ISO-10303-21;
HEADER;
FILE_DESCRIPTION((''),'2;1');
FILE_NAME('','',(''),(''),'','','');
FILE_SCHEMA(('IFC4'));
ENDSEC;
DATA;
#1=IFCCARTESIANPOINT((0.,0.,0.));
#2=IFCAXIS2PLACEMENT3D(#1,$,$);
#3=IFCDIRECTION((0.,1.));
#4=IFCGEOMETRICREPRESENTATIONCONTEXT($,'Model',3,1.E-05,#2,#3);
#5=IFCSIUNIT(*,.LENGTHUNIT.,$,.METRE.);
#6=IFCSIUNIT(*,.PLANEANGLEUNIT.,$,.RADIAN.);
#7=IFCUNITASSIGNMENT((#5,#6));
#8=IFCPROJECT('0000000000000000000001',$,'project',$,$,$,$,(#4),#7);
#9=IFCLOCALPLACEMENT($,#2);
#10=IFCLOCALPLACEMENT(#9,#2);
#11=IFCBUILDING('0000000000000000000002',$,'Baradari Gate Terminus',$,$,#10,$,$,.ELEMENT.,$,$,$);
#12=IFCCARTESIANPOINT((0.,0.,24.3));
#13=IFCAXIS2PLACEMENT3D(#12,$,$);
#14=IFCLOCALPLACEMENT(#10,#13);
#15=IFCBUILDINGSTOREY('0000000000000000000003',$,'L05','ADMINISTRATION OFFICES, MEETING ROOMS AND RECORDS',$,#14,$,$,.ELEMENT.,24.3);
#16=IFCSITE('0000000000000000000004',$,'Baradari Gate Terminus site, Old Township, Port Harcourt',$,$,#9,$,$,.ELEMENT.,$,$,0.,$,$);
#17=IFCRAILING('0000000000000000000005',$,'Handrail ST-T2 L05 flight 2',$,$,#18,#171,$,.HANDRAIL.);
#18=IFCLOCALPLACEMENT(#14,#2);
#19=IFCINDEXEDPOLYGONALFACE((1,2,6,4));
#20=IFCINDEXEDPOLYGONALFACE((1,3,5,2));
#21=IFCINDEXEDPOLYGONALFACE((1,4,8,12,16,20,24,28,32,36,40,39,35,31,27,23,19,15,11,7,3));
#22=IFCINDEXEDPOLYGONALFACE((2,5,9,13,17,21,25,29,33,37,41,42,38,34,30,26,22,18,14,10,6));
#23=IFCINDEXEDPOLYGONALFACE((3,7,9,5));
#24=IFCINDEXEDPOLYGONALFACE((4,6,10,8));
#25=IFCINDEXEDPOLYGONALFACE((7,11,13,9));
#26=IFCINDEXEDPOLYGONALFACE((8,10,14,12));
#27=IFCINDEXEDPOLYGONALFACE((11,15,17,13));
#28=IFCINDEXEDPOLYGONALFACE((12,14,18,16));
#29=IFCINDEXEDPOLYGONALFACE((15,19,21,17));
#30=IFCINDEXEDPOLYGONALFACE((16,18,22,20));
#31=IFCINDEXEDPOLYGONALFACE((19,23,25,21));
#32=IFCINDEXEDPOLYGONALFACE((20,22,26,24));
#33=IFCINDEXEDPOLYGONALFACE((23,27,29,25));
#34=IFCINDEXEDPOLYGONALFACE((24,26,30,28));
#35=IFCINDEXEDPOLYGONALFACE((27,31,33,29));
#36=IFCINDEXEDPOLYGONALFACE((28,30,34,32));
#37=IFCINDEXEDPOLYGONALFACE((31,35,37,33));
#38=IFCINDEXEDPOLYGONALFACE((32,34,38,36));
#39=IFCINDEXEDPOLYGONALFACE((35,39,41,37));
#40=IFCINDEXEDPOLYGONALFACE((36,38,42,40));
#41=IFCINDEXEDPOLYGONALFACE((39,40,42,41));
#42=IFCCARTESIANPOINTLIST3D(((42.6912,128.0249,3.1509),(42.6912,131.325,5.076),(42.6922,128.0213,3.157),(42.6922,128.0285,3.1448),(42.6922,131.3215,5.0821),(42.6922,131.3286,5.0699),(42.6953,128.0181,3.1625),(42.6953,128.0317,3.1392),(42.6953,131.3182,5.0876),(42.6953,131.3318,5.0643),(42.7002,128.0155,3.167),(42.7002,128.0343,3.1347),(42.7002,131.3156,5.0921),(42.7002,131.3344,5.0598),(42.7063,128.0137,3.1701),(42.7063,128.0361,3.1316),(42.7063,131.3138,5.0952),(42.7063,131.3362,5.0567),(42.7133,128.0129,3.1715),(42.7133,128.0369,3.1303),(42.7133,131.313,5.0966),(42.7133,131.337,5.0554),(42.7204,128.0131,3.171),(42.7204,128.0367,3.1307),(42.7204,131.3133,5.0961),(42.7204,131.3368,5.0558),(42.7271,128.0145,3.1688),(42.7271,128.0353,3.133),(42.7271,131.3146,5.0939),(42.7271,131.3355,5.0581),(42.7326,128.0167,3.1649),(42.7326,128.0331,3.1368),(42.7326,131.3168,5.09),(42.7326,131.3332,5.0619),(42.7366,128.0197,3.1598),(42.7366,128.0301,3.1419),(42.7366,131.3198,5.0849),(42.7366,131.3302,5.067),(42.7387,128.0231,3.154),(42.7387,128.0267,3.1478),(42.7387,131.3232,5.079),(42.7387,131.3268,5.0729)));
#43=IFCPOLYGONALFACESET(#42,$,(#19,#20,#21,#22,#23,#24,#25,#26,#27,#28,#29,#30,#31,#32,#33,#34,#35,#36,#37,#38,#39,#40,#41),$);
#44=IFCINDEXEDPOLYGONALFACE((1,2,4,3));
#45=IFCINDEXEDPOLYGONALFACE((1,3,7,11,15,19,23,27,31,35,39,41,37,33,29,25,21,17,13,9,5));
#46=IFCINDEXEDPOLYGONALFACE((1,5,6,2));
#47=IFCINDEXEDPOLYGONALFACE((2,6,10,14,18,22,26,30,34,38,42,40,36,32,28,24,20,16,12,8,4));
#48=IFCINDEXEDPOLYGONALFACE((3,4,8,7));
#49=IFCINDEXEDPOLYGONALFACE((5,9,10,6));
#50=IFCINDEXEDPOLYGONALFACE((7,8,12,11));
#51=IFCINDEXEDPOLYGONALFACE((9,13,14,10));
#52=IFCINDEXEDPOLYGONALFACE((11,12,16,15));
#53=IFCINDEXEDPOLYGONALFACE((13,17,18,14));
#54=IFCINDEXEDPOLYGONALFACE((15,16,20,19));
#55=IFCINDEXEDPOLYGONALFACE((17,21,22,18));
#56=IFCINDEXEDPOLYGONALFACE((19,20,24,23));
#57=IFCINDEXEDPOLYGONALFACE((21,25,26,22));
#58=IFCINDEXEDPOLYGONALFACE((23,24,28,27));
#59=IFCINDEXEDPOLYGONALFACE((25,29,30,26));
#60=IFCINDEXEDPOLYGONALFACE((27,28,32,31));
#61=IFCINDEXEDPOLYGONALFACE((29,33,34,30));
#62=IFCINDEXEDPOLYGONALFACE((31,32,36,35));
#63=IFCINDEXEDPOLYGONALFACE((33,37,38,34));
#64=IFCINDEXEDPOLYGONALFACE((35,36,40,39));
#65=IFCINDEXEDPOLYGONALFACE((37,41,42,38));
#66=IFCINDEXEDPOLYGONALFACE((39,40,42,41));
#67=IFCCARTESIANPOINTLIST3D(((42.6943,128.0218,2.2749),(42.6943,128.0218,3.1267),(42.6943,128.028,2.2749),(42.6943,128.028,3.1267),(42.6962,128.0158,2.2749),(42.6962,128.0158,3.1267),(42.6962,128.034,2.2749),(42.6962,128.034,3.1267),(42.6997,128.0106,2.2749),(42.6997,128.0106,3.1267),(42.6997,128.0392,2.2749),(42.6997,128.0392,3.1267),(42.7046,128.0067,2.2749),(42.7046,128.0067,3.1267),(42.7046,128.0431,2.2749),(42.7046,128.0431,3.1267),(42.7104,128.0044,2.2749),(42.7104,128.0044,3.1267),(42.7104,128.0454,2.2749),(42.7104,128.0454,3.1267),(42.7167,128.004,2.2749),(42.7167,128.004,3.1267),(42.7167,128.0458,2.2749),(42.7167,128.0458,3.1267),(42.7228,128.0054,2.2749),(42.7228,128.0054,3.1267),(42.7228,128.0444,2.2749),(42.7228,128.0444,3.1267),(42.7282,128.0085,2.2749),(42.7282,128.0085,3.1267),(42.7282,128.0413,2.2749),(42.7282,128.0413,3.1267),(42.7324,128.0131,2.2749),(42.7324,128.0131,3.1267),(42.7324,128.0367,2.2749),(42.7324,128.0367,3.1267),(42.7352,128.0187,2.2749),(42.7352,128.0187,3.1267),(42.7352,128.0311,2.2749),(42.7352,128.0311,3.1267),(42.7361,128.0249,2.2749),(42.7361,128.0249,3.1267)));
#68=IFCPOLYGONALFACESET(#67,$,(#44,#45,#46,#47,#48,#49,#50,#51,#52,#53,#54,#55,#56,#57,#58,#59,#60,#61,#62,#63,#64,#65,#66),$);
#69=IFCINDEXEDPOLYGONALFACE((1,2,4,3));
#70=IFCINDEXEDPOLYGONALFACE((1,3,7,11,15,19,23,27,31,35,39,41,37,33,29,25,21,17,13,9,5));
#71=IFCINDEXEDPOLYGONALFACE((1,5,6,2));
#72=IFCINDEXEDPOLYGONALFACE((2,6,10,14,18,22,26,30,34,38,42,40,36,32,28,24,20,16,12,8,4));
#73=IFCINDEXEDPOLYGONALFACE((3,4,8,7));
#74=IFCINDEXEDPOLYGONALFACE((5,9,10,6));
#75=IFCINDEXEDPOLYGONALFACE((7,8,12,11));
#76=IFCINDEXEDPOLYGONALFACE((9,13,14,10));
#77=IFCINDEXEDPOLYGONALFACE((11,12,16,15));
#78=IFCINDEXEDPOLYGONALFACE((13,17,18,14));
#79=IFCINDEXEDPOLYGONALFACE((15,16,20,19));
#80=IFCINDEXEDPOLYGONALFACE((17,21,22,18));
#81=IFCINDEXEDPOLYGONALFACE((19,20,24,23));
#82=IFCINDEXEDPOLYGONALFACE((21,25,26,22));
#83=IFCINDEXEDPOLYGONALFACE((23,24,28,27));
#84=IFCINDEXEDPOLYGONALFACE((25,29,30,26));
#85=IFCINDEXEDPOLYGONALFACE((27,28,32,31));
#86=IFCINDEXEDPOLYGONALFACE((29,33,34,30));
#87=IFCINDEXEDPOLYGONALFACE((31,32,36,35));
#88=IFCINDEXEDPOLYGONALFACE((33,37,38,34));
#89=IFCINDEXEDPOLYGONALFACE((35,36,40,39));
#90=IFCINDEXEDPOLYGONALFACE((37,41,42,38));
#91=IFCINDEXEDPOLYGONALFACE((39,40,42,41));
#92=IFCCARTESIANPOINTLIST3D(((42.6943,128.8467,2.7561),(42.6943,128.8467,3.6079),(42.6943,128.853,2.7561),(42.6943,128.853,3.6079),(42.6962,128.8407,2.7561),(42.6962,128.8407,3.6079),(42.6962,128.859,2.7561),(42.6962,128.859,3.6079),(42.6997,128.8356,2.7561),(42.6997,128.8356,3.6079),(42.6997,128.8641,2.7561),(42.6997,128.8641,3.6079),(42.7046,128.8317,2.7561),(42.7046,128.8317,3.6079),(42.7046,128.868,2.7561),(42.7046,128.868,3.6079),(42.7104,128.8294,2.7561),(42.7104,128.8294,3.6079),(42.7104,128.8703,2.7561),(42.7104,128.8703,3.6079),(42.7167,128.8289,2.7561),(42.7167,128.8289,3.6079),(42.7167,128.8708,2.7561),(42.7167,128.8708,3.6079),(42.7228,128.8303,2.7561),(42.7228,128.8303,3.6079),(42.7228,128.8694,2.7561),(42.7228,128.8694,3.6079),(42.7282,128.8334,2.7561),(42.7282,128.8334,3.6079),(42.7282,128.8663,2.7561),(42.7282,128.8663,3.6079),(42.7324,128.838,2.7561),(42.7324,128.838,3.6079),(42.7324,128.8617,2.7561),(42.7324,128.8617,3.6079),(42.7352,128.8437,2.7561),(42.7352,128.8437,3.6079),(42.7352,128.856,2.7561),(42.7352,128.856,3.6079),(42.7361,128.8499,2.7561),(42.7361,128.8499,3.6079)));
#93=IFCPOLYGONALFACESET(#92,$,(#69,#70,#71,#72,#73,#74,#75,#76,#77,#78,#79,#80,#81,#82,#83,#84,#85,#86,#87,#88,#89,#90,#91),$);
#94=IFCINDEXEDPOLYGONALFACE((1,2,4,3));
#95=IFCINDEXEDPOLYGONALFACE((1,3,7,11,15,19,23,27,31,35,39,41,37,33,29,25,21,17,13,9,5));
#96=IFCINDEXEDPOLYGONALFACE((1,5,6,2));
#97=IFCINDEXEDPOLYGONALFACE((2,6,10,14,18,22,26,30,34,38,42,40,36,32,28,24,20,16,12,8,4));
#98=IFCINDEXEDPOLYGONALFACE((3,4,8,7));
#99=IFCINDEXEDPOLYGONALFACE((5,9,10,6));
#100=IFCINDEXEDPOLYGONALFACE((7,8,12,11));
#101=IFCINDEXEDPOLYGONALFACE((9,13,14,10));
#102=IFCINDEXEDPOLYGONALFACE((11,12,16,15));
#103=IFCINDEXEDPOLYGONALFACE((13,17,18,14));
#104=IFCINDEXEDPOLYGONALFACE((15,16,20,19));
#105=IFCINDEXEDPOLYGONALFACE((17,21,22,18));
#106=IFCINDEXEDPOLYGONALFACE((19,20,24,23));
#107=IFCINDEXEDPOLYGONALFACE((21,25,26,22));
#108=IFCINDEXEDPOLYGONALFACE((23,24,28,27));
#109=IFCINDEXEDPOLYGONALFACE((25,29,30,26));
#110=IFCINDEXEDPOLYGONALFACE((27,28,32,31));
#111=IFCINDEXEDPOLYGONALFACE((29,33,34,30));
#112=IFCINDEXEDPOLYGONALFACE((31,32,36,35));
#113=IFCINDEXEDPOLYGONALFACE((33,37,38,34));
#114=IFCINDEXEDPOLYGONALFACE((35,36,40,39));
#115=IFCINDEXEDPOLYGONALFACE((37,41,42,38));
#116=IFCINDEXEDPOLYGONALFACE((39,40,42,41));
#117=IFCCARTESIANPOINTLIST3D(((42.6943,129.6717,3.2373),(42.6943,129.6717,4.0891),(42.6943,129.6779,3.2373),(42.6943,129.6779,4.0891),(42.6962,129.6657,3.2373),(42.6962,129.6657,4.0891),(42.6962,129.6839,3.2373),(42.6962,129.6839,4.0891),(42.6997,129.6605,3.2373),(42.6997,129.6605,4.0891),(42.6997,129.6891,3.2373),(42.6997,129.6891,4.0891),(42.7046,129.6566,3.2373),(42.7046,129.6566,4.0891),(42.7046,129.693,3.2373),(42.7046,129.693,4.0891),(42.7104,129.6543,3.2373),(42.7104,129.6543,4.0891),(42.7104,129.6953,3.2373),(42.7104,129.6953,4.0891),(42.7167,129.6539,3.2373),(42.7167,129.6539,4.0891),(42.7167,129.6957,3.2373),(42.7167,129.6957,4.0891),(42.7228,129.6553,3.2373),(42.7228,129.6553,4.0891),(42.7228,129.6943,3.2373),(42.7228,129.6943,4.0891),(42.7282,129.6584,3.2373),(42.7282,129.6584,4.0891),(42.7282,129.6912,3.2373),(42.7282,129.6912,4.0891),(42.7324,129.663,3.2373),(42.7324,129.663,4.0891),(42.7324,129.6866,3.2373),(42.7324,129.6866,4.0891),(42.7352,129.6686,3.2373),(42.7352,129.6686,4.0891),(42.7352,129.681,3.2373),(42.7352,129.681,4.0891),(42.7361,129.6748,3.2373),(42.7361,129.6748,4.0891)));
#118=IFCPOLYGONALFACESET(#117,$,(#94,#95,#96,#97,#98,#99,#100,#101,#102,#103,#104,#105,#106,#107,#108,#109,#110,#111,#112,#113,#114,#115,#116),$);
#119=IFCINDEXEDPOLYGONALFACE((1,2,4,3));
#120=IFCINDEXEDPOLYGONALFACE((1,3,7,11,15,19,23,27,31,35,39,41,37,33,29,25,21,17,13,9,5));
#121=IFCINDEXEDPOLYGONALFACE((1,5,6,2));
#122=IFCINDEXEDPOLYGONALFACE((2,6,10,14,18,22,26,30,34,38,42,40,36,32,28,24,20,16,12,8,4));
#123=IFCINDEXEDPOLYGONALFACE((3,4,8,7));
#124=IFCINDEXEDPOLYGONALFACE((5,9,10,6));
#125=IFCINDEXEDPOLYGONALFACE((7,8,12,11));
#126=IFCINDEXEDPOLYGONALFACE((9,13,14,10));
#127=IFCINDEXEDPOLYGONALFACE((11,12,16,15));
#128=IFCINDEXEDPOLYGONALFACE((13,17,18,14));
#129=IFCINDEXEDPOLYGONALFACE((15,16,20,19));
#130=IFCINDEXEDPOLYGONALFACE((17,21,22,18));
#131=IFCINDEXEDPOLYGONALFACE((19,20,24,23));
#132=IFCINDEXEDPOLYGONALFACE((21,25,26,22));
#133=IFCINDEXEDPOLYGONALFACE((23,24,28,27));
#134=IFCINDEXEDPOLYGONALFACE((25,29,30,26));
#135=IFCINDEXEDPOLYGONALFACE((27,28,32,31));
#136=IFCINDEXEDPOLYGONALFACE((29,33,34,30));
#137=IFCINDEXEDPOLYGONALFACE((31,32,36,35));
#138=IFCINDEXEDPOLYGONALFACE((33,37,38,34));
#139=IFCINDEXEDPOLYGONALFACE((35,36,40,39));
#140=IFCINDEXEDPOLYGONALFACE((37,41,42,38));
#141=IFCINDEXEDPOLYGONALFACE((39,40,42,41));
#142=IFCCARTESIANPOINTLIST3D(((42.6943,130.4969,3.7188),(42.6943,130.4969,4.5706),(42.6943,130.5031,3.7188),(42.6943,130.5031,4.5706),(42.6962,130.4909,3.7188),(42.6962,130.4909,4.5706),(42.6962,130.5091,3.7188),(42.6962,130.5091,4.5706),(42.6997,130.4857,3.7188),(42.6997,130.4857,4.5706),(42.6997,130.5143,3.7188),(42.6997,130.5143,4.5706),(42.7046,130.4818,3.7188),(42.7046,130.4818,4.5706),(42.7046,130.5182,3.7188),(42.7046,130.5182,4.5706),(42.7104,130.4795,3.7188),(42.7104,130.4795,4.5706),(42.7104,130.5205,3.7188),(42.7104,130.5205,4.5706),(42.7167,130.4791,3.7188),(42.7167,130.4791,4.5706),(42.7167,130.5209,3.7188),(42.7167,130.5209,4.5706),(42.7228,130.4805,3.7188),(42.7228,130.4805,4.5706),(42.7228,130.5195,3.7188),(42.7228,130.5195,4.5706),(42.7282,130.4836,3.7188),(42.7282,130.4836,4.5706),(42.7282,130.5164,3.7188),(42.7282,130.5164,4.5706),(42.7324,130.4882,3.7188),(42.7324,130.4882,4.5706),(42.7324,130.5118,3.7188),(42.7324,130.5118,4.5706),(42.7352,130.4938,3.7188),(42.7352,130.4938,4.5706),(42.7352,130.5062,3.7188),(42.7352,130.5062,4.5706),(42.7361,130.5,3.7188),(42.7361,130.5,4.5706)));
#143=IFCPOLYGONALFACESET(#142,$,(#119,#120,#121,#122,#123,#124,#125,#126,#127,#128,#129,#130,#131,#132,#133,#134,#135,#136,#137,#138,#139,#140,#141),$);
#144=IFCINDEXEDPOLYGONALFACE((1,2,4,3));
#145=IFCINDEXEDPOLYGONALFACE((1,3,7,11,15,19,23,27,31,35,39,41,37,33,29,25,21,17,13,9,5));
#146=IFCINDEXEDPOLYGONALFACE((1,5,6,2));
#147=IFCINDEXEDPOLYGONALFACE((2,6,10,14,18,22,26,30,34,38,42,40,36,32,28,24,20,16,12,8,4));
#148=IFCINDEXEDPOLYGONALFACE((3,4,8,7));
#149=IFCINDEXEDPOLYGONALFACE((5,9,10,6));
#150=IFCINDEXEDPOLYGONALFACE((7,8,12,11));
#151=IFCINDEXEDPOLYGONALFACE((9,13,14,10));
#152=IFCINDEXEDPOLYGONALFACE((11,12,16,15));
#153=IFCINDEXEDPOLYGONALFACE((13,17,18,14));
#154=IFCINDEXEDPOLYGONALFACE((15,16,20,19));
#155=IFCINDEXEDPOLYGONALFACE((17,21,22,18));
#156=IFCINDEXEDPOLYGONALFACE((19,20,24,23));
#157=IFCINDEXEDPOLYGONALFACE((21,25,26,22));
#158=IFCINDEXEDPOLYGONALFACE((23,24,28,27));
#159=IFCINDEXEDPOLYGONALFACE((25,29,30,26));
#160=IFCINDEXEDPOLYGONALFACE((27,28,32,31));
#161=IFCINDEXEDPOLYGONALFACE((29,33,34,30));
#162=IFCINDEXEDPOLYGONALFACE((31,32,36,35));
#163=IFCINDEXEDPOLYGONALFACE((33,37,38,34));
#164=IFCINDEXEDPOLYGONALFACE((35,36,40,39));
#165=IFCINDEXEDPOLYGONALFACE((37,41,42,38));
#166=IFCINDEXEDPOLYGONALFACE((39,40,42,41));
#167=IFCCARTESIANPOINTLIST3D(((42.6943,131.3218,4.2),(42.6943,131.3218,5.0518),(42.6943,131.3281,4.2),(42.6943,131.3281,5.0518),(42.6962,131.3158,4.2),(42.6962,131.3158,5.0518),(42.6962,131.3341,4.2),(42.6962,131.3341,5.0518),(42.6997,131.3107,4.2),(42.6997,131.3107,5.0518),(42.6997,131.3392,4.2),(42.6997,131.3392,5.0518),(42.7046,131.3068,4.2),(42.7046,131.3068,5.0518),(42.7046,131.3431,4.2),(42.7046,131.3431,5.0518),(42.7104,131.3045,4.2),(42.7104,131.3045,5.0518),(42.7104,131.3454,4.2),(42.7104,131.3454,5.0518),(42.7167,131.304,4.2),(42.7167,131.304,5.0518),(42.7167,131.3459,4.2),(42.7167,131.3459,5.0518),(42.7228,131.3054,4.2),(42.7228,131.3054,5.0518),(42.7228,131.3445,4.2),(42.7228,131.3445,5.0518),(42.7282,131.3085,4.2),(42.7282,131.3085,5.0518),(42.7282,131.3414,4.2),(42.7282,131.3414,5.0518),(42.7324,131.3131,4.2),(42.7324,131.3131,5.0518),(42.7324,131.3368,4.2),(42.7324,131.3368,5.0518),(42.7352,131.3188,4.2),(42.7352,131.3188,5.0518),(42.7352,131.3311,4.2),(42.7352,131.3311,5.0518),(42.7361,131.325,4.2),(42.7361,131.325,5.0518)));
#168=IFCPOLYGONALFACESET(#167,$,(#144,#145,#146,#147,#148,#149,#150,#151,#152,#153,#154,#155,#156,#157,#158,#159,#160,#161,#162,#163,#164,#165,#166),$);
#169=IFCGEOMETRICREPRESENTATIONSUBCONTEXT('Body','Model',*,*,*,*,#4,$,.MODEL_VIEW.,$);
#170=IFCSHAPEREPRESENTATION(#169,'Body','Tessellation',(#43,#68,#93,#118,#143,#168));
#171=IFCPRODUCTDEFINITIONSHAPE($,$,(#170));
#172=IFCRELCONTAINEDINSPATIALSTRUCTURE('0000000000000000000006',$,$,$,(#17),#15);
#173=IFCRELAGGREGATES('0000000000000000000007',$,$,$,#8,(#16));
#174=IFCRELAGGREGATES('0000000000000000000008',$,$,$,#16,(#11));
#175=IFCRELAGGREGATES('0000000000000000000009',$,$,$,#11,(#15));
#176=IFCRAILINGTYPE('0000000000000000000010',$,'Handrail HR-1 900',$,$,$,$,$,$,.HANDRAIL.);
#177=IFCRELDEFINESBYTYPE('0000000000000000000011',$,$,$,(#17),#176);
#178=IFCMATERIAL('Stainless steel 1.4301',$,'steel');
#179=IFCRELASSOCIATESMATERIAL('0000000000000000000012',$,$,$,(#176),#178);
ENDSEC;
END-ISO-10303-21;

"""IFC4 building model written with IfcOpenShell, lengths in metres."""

from ifc_helpers import new_model, si_unit, direction, frame, origin, origin_2d, place, context, subcontext, project, spatial, circle, extrude, material, type_object, element, save


model = new_model("IFC4")

# Units and contexts
model_context = context("Model", 3, precision=1e-05, world=origin(), true_north=direction((0.0, 1.0)))
body_context = subcontext(model_context, "Body", "Model", "MODEL_VIEW")
ifc_project = project(units=[si_unit("LENGTHUNIT", "METRE"), si_unit("PLANEANGLEUNIT", "RADIAN")], contexts=[model_context])

# Site, building, storey
site_placement = place(None, origin())
site = spatial("IfcSite", under=ifc_project, at=site_placement, Name="Baradari Gate Terminus site, Old Township, Port Harcourt", CompositionType="ELEMENT", RefElevation=0.0)
building_placement = place(site_placement, origin())
building = spatial("IfcBuilding", under=site, at=building_placement, Name="Baradari Gate Terminus", CompositionType="ELEMENT")
storey_placement = place(building_placement, frame((0.0, 0.0, 24.3)))
storey = spatial("IfcBuildingStorey", under=building, at=storey_placement, Name="L05", Description="ADMINISTRATION OFFICES, MEETING ROOMS AND RECORDS", CompositionType="ELEMENT", Elevation=24.3)

# Railing
ifc_material_1 = material(Name="Stainless steel 1.4301", Category="steel")
railing_type = type_object("IfcRailingType", Name="Handrail HR-1 900", PredefinedType="HANDRAIL", material=ifc_material_1)
for number, where, name in (
    (1, (42.7151, 128.0249, 2.2749), "Handrail ST-T2 L05 flight 2"),
):
    element("IfcRailing", number, at=place(storey_placement, frame(where)), inside=storey, type_object=railing_type, Name=name, PredefinedType="HANDRAIL", context=body_context, shape_type="SweptSolid", body=[
        extrude(circle(Radius=0.0239, at=origin_2d()), frame((0.0, 0.0, 0.876), z_axis=(0.0, 0.863777, 0.503875), x_axis=(-1.0, 0.0, 0.0)), (0.0, 0.0, 1.0), 3.8206),
        extrude(circle(Radius=0.021, at=origin_2d()), origin(), (0.0, 0.0, 1.0), 0.8518),
        extrude(circle(Radius=0.021, at=origin_2d()), frame((0.0, 0.825, 0.4812)), (0.0, 0.0, 1.0), 0.8518),
        extrude(circle(Radius=0.021, at=origin_2d()), frame((0.0, 1.6499, 0.9624)), (0.0, 0.0, 1.0), 0.8518),
        extrude(circle(Radius=0.021, at=origin_2d()), frame((0.0, 2.4751, 1.4438)), (0.0, 0.0, 1.0), 0.8518),
        extrude(circle(Radius=0.021, at=origin_2d()), frame((0.0, 3.3, 1.925)), (0.0, 0.0, 1.0), 0.8518),
    ])

save(model, "model.ifc")
